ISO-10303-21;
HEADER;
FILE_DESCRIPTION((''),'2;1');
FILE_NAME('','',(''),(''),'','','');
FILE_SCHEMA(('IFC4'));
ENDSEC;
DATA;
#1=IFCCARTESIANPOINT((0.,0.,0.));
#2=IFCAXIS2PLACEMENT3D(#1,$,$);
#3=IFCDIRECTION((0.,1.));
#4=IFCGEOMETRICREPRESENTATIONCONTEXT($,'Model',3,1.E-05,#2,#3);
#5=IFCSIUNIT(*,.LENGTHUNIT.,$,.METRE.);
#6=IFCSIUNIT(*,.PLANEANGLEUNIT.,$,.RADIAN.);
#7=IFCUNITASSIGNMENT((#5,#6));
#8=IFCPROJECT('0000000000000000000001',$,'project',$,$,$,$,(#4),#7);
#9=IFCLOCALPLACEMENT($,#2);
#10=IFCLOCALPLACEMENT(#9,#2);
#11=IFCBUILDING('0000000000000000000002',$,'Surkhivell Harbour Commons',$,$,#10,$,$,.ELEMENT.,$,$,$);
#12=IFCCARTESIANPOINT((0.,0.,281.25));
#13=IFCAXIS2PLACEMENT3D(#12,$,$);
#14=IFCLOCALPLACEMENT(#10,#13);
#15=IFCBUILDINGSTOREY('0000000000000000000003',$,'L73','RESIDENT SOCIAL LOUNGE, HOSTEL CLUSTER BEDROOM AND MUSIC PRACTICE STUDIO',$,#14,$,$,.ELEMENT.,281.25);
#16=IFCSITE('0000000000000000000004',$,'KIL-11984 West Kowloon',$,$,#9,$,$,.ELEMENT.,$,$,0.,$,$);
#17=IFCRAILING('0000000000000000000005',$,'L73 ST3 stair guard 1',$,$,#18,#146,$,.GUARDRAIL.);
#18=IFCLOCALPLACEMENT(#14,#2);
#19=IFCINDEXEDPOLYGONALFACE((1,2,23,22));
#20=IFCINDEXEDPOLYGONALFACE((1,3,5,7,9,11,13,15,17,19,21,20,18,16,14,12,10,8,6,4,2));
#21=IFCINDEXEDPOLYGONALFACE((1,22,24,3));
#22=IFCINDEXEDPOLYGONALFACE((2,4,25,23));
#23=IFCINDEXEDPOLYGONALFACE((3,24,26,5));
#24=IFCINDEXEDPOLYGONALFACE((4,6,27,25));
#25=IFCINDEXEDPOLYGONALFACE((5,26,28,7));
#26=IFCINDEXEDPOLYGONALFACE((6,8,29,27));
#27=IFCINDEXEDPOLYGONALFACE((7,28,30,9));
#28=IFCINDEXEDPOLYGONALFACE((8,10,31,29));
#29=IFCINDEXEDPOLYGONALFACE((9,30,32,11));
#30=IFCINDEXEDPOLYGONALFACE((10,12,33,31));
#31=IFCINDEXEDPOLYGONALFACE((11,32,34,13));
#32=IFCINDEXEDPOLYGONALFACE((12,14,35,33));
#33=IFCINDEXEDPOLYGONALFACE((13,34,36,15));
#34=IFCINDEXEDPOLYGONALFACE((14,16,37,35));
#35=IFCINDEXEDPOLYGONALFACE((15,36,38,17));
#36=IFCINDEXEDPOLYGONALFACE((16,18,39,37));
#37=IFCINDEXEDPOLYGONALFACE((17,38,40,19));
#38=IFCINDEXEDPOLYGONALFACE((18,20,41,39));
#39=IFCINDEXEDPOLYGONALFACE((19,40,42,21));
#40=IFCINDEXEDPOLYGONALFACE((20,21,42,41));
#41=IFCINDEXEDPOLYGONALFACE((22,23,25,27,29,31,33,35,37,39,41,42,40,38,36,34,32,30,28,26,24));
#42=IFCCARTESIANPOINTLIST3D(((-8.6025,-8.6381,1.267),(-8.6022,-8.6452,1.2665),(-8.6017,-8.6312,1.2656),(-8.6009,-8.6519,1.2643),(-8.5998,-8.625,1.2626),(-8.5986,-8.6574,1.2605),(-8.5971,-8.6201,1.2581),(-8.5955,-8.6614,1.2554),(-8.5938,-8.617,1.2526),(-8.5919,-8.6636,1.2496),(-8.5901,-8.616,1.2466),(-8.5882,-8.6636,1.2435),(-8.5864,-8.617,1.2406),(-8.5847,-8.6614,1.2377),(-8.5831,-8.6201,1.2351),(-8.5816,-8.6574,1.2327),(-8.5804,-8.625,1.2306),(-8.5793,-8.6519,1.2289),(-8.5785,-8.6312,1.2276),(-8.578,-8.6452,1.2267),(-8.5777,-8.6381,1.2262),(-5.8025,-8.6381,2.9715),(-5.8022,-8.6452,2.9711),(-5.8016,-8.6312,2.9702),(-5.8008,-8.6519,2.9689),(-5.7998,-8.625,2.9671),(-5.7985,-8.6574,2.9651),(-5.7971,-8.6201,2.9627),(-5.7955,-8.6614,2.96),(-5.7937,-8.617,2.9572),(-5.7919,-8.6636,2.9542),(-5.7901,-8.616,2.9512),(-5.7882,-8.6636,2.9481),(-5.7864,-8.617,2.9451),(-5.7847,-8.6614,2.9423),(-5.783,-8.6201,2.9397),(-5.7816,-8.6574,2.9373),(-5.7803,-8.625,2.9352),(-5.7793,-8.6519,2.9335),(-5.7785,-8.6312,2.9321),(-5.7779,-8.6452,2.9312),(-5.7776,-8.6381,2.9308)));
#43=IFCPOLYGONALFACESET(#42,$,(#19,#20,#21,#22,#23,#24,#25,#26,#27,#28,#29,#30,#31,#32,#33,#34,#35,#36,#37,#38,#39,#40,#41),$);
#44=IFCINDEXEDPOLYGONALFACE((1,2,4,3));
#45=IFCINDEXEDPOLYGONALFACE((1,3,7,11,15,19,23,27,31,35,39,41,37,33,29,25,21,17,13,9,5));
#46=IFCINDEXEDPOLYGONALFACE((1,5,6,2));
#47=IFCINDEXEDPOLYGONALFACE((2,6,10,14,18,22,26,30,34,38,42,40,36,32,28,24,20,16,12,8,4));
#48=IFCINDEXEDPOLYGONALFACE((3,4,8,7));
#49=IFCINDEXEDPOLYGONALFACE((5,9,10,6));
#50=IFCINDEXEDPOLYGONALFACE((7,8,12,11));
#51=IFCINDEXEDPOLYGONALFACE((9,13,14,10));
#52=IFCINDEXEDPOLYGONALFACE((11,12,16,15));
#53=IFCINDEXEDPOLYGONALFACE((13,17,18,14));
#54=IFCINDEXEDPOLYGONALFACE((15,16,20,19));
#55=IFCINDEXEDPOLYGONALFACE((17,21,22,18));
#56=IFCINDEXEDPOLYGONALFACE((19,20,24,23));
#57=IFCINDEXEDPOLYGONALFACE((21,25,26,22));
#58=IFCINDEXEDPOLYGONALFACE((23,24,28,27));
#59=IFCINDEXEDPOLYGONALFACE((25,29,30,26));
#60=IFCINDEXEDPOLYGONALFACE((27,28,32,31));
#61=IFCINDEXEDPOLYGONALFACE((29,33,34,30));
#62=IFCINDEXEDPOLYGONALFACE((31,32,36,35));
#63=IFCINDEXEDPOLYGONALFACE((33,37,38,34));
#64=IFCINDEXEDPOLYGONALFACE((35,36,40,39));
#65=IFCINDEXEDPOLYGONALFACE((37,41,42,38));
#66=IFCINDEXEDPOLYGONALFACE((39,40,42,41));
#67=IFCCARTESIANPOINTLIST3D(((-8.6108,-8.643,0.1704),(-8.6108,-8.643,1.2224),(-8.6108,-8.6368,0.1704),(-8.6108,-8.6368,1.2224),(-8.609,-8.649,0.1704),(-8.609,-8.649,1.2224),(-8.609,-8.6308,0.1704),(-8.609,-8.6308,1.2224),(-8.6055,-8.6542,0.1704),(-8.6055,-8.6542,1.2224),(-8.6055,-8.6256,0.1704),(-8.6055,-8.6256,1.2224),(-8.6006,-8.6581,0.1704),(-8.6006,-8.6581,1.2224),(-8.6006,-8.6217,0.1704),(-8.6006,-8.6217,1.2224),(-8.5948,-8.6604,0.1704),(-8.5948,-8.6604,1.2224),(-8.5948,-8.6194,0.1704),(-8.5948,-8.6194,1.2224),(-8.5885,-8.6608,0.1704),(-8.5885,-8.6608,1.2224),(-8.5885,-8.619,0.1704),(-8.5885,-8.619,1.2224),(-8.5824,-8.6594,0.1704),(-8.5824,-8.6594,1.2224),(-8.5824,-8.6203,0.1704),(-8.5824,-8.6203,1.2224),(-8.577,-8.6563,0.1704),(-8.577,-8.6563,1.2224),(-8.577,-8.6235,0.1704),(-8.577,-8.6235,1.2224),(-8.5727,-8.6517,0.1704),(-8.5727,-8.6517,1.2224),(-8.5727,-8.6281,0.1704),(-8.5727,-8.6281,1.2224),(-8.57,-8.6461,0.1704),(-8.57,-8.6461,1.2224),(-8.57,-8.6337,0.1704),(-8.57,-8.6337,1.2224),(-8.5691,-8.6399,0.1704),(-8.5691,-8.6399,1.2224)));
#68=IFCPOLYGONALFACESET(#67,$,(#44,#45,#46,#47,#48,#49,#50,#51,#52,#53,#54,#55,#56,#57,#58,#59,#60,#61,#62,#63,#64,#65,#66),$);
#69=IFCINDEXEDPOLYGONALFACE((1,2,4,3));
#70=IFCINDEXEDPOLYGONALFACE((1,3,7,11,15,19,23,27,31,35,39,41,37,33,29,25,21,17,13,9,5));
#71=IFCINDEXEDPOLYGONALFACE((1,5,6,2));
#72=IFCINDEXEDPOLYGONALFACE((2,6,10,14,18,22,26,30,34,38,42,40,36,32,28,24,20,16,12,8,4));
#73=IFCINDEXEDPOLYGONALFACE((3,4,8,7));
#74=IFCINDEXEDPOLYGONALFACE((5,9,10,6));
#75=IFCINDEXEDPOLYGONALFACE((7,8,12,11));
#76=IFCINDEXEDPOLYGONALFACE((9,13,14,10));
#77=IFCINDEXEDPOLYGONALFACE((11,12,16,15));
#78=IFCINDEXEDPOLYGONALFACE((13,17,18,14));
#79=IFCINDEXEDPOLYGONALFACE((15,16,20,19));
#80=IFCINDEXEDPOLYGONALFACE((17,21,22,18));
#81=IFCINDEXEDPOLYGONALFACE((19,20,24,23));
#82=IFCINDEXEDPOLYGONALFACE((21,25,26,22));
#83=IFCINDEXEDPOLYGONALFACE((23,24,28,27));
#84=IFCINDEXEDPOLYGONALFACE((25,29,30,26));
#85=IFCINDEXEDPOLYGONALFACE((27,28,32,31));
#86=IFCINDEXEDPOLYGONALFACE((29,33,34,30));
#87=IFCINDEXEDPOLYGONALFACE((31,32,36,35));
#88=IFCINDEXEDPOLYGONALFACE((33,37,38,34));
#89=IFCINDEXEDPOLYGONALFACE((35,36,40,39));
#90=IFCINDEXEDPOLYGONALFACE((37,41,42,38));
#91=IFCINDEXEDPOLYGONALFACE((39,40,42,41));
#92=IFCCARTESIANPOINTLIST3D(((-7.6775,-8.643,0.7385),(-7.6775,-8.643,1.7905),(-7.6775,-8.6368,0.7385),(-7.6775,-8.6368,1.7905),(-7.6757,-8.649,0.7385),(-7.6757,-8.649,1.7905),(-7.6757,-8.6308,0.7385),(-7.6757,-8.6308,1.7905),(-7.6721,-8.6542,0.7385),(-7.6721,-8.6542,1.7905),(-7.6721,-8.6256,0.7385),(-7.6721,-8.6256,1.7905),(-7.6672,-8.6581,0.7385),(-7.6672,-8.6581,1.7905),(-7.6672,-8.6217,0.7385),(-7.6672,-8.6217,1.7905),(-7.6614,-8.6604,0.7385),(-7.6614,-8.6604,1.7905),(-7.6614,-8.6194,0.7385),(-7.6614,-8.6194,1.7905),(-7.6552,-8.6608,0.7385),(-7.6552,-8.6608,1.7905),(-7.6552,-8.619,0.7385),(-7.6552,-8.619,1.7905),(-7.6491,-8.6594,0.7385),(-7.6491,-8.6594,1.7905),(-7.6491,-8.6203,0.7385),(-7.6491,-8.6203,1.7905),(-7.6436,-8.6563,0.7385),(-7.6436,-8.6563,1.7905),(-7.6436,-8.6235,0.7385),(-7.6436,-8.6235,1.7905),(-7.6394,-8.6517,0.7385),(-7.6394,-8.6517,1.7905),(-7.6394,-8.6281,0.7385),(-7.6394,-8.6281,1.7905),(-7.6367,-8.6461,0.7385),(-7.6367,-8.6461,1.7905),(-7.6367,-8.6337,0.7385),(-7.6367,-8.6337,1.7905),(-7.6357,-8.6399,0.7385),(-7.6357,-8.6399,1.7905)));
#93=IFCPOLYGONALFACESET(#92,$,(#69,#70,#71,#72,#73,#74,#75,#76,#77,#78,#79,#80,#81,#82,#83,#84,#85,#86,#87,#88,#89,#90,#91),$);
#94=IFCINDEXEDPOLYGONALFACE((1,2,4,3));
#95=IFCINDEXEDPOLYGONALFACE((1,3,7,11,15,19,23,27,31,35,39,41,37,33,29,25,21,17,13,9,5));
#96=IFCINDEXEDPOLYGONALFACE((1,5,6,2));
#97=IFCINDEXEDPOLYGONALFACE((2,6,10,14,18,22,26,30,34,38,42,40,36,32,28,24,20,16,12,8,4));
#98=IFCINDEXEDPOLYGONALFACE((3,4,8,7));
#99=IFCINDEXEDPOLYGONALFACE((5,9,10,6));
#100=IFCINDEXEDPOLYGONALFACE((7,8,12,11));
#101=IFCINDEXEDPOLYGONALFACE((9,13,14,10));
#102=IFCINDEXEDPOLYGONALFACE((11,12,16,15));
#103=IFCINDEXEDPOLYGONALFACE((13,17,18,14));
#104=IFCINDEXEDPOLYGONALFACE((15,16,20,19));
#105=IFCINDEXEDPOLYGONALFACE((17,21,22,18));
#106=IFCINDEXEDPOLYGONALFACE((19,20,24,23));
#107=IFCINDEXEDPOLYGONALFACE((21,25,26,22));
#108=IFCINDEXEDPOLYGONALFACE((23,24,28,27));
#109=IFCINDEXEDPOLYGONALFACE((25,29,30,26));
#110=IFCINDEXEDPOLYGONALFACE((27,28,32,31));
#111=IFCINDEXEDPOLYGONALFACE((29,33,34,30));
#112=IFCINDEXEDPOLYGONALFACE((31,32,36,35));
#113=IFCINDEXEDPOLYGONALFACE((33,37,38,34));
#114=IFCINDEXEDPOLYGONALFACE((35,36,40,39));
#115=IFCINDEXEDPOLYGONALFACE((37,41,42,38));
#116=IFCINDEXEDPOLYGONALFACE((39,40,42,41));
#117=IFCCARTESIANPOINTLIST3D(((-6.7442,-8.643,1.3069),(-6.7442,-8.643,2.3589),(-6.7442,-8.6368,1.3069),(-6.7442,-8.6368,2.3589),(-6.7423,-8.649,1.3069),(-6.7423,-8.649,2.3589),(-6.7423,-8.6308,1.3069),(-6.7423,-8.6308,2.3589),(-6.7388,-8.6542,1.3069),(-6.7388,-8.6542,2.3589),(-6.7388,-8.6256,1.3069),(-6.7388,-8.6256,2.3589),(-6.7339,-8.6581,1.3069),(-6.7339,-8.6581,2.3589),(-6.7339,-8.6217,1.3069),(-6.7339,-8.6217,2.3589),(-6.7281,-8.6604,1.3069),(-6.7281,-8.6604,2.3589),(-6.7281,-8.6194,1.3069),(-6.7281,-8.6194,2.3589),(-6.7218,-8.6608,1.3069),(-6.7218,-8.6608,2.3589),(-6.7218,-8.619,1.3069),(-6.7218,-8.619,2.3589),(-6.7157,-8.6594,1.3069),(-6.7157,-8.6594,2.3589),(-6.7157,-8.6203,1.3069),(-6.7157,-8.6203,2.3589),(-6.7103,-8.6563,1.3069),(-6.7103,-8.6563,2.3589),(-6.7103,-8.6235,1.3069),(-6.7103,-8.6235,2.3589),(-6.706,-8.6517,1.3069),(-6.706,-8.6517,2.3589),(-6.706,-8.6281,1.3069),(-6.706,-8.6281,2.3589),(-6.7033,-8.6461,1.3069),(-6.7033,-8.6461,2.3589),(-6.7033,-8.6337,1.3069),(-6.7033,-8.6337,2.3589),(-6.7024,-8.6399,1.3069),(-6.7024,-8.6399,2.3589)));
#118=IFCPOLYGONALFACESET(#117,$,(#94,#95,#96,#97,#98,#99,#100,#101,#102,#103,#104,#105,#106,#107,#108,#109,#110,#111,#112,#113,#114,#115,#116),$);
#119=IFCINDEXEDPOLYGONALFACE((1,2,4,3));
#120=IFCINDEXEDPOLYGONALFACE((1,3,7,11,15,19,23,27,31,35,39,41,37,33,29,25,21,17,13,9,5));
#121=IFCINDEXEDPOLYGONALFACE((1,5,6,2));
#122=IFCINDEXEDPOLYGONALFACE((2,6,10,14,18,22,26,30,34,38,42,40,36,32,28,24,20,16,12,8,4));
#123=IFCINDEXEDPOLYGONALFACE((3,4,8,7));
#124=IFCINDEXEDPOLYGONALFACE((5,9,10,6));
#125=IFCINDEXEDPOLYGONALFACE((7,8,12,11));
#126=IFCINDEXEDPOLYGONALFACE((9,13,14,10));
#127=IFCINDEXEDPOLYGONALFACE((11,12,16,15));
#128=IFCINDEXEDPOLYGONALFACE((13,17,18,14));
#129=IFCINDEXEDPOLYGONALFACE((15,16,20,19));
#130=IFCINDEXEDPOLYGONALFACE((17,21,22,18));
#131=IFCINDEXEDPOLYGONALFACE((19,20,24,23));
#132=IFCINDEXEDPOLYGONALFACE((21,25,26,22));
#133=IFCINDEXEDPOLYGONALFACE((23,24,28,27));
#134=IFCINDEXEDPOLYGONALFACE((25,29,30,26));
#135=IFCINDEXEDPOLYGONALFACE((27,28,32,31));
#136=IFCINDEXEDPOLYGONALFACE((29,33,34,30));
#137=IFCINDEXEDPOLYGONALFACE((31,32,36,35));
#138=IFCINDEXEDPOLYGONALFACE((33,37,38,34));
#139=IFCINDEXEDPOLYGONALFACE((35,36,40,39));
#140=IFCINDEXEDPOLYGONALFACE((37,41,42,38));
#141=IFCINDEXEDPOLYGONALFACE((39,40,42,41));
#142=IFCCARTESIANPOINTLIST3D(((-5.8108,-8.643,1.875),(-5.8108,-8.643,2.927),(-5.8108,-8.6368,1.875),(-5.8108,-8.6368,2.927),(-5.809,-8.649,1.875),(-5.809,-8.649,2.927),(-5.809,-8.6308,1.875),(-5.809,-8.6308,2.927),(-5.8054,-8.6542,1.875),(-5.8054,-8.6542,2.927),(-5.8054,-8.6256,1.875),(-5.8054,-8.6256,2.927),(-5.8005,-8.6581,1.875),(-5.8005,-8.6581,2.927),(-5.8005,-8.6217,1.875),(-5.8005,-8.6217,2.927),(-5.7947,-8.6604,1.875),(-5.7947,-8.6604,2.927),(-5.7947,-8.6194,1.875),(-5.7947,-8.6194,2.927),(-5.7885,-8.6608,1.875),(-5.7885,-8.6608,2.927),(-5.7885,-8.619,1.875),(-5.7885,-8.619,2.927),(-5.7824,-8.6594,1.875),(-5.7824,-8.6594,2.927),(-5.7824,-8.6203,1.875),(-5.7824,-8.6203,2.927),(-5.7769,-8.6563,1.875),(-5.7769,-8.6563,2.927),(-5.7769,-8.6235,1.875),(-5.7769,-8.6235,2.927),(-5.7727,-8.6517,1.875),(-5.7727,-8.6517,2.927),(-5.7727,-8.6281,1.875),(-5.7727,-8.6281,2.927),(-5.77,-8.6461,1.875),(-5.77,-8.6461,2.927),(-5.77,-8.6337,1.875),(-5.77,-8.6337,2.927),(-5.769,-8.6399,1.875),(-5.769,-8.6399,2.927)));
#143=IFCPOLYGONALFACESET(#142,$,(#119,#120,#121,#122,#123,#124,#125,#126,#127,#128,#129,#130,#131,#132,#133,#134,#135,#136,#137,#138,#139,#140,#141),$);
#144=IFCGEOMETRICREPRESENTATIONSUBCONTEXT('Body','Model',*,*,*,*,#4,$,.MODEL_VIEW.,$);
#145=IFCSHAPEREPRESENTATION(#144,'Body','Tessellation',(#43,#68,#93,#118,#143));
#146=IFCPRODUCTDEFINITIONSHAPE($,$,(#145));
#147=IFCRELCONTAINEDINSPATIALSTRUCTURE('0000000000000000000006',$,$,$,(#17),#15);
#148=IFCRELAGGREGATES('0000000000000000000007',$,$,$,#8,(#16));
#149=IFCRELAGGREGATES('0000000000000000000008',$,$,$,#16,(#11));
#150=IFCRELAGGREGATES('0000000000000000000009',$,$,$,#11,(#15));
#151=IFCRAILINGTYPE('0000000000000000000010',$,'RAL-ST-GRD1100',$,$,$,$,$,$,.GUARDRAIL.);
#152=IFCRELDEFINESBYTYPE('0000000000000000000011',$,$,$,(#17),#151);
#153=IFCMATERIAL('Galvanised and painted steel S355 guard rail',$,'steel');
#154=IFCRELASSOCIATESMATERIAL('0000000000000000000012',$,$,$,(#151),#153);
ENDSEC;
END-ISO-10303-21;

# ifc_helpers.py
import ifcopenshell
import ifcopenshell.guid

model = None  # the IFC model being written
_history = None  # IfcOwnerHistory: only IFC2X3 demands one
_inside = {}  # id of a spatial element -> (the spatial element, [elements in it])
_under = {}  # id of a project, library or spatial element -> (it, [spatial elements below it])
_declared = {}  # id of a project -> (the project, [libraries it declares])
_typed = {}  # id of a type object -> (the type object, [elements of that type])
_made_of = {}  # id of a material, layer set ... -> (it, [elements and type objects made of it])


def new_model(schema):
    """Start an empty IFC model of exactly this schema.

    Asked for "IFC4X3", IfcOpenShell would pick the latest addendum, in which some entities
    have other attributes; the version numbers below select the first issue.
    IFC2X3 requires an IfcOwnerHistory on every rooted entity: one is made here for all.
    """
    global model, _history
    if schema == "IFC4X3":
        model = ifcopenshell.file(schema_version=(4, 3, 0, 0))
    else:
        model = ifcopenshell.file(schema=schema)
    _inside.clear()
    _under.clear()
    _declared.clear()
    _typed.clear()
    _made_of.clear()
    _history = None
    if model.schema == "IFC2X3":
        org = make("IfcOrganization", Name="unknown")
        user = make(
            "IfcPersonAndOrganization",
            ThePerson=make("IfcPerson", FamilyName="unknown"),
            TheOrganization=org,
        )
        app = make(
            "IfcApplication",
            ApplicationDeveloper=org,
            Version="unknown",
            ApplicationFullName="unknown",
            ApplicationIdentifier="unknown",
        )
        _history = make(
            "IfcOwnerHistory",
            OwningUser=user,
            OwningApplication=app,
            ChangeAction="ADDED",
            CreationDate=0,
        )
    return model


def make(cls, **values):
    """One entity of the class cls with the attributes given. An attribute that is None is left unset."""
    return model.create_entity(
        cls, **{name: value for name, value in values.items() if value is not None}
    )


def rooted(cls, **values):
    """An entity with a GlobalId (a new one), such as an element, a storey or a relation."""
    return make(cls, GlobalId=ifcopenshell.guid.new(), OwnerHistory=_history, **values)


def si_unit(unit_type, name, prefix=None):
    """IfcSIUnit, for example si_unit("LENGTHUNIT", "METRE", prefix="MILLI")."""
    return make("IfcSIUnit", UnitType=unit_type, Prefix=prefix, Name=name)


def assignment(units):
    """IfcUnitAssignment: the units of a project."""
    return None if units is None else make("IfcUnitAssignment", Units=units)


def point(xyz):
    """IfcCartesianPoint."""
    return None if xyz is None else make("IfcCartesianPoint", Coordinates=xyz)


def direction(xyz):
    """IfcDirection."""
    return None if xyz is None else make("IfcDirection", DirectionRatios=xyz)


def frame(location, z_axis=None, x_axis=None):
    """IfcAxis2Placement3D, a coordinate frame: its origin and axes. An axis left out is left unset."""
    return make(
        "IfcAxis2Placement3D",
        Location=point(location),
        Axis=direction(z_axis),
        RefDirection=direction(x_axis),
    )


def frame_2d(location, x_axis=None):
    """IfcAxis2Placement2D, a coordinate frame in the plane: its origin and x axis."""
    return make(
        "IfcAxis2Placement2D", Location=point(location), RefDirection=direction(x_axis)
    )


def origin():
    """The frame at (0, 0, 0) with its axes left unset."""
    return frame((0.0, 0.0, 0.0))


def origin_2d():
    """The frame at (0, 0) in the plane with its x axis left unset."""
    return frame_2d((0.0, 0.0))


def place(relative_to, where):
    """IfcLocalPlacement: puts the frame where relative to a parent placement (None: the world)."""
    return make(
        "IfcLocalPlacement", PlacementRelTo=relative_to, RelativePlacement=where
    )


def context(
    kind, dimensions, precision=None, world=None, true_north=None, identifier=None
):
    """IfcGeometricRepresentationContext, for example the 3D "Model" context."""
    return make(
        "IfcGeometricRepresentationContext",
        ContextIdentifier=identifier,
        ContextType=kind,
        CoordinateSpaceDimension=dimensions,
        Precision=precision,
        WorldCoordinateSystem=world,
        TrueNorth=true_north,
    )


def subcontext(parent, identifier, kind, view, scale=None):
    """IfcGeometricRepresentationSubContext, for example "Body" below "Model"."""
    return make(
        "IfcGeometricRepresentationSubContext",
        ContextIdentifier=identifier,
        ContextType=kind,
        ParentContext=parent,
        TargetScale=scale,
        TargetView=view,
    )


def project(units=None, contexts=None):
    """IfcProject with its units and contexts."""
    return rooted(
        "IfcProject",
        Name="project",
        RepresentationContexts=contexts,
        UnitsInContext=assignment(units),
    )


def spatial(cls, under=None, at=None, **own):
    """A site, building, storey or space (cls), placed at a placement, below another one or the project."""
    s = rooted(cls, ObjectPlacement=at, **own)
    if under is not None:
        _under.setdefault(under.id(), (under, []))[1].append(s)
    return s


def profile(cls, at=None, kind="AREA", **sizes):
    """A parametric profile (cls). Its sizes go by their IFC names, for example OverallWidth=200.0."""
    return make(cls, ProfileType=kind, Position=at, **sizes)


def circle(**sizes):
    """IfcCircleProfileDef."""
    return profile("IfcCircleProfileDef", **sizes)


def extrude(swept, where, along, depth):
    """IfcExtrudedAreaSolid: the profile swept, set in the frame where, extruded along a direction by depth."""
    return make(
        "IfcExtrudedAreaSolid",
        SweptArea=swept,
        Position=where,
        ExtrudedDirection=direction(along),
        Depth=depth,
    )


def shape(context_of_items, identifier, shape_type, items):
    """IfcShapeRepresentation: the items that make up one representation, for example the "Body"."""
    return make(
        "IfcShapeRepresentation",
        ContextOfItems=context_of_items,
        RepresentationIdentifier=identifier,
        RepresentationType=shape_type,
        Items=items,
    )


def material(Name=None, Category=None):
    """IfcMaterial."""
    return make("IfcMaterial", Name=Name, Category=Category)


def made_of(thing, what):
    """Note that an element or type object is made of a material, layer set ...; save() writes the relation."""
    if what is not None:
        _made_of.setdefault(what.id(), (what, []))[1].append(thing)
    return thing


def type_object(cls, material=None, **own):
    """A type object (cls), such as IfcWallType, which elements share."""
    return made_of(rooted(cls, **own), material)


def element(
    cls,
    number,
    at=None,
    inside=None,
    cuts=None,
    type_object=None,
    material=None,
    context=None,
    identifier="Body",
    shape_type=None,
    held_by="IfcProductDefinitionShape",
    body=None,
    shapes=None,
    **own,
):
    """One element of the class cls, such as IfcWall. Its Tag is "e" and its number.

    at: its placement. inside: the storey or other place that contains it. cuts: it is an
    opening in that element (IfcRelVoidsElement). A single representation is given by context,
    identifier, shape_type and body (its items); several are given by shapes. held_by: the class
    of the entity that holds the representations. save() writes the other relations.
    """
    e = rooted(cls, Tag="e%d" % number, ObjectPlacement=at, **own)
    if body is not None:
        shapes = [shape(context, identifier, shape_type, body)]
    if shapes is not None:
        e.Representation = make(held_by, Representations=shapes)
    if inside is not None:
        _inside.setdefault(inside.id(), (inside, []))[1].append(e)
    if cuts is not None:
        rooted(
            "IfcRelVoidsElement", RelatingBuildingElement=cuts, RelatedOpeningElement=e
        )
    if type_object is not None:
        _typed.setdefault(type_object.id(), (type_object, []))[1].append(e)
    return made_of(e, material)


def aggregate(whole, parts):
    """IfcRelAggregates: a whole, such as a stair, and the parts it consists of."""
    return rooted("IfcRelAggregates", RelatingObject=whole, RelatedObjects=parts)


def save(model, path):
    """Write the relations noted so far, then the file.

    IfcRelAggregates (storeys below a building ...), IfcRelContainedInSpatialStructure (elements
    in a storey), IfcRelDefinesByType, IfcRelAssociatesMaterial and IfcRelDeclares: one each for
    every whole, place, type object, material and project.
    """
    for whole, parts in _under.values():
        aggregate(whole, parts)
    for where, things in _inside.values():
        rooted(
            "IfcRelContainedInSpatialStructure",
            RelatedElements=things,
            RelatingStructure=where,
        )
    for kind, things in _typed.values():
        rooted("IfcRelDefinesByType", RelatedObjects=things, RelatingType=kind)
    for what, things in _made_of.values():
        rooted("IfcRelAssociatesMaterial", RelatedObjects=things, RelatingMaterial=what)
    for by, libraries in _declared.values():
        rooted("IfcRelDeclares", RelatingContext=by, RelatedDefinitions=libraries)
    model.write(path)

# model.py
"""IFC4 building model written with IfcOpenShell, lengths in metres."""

from ifc_helpers import new_model, si_unit, direction, frame, origin, origin_2d, place, context, subcontext, project, spatial, circle, extrude, material, type_object, element, save


model = new_model("IFC4")

# Units and contexts
model_context = context("Model", 3, precision=1e-05, world=origin(), true_north=direction((0.0, 1.0)))
body_context = subcontext(model_context, "Body", "Model", "MODEL_VIEW")
ifc_project = project(units=[si_unit("LENGTHUNIT", "METRE"), si_unit("PLANEANGLEUNIT", "RADIAN")], contexts=[model_context])

# Site, building, storey
site_placement = place(None, origin())
site = spatial("IfcSite", under=ifc_project, at=site_placement, Name="KIL-11984 West Kowloon", CompositionType="ELEMENT", RefElevation=0.0)
building_placement = place(site_placement, origin())
building = spatial("IfcBuilding", under=site, at=building_placement, Name="Surkhivell Harbour Commons", CompositionType="ELEMENT")
storey_placement = place(building_placement, frame((0.0, 0.0, 281.25)))
storey = spatial("IfcBuildingStorey", under=building, at=storey_placement, Name="L73", Description="RESIDENT SOCIAL LOUNGE, HOSTEL CLUSTER BEDROOM AND MUSIC PRACTICE STUDIO", CompositionType="ELEMENT", Elevation=281.25)

# Railing
ifc_material_1 = material(Name="Galvanised and painted steel S355 guard rail", Category="steel")
railing_type_1 = type_object("IfcRailingType", Name="RAL-ST-GRD1100", PredefinedType="GUARDRAIL", material=ifc_material_1)
railing_1_placement = place(storey_placement, frame((-8.5901, -8.6399, 0.1704)))
element("IfcRailing", 1, at=railing_1_placement, inside=storey, type_object=railing_type_1, Name="L73 ST3 stair guard 1", PredefinedType="GUARDRAIL", context=body_context, shape_type="SweptSolid", body=[
    extrude(circle(Radius=0.0239, at=origin_2d()), frame((0.0, 0.0, 1.0762), z_axis=(0.85417, 0.0, 0.519994), x_axis=(0.0, 1.0, 0.0)), (0.0, 0.0, 1.0), 3.2781),
    extrude(circle(Radius=0.021, at=origin_2d()), origin(), (0.0, 0.0, 1.0), 1.052),
    extrude(circle(Radius=0.021, at=origin_2d()), frame((0.9333, 0.0, 0.5681)), (0.0, 0.0, 1.0), 1.052),
    extrude(circle(Radius=0.021, at=origin_2d()), frame((1.8667, 0.0, 1.1365)), (0.0, 0.0, 1.0), 1.052),
    extrude(circle(Radius=0.021, at=origin_2d()), frame((2.8, 0.0, 1.7046)), (0.0, 0.0, 1.0), 1.052),
])

save(model, "model.ifc")
